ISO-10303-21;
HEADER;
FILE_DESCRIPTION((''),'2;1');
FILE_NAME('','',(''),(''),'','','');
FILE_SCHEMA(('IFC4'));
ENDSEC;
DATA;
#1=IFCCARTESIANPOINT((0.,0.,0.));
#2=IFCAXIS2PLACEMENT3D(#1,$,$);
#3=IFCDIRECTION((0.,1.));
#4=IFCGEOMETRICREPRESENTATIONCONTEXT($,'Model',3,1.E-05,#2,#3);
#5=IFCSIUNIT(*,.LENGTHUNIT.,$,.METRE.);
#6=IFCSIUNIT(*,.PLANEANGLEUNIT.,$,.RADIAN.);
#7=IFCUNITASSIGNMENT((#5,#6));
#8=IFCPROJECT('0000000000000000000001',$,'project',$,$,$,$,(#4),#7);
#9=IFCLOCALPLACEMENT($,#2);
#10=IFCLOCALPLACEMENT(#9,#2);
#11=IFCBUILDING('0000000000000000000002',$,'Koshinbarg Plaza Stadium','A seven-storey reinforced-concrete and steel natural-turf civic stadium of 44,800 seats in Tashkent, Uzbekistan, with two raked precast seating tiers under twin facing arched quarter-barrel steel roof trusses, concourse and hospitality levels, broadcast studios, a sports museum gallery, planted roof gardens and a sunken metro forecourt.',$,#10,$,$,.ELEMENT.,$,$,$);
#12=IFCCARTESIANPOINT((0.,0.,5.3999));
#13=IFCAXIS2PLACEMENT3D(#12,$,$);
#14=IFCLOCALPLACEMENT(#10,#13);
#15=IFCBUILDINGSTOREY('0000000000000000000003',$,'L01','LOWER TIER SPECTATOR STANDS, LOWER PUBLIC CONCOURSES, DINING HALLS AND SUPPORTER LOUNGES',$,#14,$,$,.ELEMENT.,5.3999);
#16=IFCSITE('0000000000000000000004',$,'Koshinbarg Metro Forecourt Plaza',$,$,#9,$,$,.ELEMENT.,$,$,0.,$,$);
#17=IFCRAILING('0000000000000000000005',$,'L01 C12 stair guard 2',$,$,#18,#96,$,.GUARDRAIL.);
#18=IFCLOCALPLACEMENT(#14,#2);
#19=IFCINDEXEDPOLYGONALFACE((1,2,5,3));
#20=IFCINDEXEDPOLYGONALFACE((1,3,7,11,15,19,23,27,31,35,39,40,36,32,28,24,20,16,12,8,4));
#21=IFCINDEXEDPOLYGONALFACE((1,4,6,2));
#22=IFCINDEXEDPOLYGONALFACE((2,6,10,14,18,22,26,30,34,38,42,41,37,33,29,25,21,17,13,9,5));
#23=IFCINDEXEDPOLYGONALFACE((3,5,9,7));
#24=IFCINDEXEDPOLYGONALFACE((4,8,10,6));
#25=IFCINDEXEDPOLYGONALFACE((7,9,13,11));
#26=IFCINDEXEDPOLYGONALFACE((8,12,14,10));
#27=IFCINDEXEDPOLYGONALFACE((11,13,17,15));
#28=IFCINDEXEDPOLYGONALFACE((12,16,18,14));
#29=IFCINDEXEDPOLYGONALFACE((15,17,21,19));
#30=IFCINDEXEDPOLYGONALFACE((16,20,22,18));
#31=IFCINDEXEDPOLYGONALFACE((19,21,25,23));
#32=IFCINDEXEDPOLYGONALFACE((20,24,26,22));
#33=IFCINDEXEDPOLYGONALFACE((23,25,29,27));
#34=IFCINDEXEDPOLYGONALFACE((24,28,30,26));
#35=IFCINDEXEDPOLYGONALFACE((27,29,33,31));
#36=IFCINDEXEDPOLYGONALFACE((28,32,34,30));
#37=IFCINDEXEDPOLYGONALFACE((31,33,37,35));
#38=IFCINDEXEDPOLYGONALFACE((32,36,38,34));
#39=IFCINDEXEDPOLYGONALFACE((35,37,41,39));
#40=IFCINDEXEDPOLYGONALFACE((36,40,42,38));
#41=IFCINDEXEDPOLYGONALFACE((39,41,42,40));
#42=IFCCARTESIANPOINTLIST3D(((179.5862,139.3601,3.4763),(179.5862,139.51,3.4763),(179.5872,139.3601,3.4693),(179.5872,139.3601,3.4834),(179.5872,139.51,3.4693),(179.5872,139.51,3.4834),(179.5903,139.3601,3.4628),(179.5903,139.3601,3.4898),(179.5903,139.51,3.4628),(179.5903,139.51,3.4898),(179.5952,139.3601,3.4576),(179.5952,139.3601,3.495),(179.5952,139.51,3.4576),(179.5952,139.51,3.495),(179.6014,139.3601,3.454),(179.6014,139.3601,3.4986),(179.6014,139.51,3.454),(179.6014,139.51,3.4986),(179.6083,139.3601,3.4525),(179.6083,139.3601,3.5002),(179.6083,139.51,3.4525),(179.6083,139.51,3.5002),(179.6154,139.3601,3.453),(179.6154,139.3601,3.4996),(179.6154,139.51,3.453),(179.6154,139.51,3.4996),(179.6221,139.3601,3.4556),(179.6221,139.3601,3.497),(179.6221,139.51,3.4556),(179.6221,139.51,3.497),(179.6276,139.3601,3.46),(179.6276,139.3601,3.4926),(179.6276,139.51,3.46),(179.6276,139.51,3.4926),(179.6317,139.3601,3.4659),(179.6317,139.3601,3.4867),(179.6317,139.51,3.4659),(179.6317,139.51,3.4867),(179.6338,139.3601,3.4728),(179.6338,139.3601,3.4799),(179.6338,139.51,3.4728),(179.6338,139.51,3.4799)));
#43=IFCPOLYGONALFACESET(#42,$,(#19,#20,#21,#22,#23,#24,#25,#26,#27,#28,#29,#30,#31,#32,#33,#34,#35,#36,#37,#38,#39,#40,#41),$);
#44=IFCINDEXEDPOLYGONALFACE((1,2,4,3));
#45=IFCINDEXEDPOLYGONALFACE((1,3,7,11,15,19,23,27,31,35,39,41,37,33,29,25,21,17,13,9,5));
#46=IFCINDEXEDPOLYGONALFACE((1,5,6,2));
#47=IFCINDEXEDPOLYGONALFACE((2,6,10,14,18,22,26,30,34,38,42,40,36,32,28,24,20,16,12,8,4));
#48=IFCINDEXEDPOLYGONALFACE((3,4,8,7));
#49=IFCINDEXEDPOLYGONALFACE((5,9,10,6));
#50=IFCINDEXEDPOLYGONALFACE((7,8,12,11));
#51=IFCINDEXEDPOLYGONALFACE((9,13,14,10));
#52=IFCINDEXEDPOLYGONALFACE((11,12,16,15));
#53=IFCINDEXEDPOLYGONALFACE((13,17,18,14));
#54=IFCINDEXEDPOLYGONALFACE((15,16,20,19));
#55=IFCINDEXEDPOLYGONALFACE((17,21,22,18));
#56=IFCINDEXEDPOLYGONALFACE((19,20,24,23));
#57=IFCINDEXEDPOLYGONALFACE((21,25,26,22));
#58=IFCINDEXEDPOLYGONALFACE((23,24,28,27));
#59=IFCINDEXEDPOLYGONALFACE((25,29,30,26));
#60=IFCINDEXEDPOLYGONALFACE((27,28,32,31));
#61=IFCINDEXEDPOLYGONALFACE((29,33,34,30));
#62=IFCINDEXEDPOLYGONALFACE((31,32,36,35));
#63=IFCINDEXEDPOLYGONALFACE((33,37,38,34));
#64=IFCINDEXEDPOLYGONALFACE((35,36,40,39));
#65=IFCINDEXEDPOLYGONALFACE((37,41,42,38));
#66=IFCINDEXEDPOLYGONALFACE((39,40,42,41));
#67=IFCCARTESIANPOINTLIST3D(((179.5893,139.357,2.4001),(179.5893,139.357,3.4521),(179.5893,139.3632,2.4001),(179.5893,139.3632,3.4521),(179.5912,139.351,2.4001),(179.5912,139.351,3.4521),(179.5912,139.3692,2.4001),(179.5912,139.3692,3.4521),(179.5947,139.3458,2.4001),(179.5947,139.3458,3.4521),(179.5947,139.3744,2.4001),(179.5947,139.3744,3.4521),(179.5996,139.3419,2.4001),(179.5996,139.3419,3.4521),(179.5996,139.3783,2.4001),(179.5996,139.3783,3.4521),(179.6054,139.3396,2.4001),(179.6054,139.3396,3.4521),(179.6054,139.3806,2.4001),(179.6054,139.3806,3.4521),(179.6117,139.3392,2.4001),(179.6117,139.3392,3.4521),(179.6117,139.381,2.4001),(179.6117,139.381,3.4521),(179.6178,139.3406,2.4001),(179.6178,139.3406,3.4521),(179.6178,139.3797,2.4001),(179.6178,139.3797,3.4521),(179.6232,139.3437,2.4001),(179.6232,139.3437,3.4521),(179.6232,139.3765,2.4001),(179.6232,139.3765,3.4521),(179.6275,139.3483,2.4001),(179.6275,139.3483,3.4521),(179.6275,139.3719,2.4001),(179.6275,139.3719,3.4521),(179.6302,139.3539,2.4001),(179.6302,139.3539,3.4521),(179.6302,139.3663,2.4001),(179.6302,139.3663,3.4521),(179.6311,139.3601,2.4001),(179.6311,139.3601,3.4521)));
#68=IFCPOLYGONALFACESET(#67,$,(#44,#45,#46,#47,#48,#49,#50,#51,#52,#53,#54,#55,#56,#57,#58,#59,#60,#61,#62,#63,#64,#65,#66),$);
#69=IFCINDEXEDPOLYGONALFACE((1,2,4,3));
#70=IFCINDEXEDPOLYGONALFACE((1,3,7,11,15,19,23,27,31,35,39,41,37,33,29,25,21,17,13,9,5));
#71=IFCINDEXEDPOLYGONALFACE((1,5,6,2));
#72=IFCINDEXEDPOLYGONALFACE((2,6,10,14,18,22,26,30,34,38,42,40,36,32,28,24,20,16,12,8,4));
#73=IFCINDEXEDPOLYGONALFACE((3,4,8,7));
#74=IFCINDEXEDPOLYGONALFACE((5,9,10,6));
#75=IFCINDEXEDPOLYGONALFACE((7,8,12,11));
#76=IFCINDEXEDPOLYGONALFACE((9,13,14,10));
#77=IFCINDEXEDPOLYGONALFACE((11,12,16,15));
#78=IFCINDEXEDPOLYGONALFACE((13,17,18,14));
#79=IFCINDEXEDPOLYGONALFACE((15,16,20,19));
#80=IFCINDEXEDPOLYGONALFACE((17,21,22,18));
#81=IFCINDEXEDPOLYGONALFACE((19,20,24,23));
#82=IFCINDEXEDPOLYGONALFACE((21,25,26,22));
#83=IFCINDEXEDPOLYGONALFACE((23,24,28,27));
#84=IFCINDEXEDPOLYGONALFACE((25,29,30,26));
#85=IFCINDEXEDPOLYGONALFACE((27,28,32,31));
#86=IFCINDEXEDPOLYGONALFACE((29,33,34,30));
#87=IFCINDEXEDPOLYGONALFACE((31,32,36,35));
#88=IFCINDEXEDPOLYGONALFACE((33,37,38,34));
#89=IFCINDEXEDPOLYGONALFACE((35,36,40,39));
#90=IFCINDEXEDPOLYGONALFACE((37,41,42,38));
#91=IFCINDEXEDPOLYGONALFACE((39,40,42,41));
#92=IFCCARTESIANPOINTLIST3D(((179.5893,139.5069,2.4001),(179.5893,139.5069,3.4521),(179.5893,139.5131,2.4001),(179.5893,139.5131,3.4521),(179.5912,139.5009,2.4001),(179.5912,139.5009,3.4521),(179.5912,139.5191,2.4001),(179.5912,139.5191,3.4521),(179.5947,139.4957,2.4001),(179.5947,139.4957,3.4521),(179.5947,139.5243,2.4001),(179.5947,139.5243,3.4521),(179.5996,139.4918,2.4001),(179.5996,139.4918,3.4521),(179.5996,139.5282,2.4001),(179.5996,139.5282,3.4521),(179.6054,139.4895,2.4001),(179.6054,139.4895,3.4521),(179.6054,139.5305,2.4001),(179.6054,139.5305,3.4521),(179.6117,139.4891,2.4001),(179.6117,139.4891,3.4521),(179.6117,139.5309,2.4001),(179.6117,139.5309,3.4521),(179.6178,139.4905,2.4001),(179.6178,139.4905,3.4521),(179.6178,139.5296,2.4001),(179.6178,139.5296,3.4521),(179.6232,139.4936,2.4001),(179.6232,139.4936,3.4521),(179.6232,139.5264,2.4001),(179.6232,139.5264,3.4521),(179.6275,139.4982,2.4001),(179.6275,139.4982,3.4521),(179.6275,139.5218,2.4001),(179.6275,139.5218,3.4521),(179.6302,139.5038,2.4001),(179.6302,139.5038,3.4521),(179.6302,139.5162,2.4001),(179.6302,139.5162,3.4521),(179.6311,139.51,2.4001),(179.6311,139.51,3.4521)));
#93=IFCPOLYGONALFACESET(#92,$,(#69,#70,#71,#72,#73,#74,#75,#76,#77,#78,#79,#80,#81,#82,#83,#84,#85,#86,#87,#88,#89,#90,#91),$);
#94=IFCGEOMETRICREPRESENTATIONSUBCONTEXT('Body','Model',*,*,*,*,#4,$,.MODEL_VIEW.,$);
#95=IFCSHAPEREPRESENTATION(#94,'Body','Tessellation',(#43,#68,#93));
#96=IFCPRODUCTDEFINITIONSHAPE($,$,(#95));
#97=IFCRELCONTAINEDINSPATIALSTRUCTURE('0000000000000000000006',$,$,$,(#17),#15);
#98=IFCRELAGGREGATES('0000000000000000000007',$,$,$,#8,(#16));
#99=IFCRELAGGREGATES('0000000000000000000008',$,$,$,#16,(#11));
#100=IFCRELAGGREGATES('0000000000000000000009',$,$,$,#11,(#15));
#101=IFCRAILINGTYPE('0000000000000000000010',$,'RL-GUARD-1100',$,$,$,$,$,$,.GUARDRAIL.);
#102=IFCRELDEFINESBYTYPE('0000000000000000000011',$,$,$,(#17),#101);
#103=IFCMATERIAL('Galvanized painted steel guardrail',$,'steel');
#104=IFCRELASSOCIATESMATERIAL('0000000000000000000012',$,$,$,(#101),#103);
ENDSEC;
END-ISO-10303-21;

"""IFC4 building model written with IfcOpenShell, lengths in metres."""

from ifc_helpers import new_model, si_unit, direction, frame, origin, origin_2d, place, context, subcontext, project, spatial, circle, extrude, material, type_object, element, save


model = new_model("IFC4")

# Units and contexts
model_context = context("Model", 3, precision=1e-05, world=origin(), true_north=direction((0.0, 1.0)))
body_context = subcontext(model_context, "Body", "Model", "MODEL_VIEW")
ifc_project = project(units=[si_unit("LENGTHUNIT", "METRE"), si_unit("PLANEANGLEUNIT", "RADIAN")], contexts=[model_context])

# Site, building, storey
site_placement = place(None, origin())
site = spatial("IfcSite", under=ifc_project, at=site_placement, Name="Koshinbarg Metro Forecourt Plaza", CompositionType="ELEMENT", RefElevation=0.0)
building_placement = place(site_placement, origin())
building = spatial("IfcBuilding", under=site, at=building_placement, Name="Koshinbarg Plaza Stadium", Description="A seven-storey reinforced-concrete and steel natural-turf civic stadium of 44,800 seats in Tashkent, Uzbekistan, with two raked precast seating tiers under twin facing arched quarter-barrel steel roof trusses, concourse and hospitality levels, broadcast studios, a sports museum gallery, planted roof gardens and a sunken metro forecourt.", CompositionType="ELEMENT")
storey_placement = place(building_placement, frame((0.0, 0.0, 5.3999)))
storey = spatial("IfcBuildingStorey", under=building, at=storey_placement, Name="L01", Description="LOWER TIER SPECTATOR STANDS, LOWER PUBLIC CONCOURSES, DINING HALLS AND SUPPORTER LOUNGES", CompositionType="ELEMENT", Elevation=5.3999)

# Railing
ifc_material_1 = material(Name="Galvanized painted steel guardrail", Category="steel")
railing_type_1 = type_object("IfcRailingType", Name="RL-GUARD-1100", PredefinedType="GUARDRAIL", material=ifc_material_1)
railing_1_placement = place(storey_placement, frame((179.6101, 139.3601, 2.4001)))
element("IfcRailing", 1, at=railing_1_placement, inside=storey, type_object=railing_type_1, Name="L01 C12 stair guard 2", PredefinedType="GUARDRAIL", context=body_context, shape_type="SweptSolid", body=[
    extrude(circle(Radius=0.0239, at=origin_2d()), frame((0.0, 0.0, 1.0762), z_axis=(0.0, 1.0, 0.0), x_axis=(-1.0, 0.0, 0.0)), (0.0, 0.0, 1.0), 0.1499),
    extrude(circle(Radius=0.021, at=origin_2d()), origin(), (0.0, 0.0, 1.0), 1.052),
    extrude(circle(Radius=0.021, at=origin_2d()), frame((0.0, 0.1499, 0.0)), (0.0, 0.0, 1.0), 1.052),
])

save(model, "model.ifc")
